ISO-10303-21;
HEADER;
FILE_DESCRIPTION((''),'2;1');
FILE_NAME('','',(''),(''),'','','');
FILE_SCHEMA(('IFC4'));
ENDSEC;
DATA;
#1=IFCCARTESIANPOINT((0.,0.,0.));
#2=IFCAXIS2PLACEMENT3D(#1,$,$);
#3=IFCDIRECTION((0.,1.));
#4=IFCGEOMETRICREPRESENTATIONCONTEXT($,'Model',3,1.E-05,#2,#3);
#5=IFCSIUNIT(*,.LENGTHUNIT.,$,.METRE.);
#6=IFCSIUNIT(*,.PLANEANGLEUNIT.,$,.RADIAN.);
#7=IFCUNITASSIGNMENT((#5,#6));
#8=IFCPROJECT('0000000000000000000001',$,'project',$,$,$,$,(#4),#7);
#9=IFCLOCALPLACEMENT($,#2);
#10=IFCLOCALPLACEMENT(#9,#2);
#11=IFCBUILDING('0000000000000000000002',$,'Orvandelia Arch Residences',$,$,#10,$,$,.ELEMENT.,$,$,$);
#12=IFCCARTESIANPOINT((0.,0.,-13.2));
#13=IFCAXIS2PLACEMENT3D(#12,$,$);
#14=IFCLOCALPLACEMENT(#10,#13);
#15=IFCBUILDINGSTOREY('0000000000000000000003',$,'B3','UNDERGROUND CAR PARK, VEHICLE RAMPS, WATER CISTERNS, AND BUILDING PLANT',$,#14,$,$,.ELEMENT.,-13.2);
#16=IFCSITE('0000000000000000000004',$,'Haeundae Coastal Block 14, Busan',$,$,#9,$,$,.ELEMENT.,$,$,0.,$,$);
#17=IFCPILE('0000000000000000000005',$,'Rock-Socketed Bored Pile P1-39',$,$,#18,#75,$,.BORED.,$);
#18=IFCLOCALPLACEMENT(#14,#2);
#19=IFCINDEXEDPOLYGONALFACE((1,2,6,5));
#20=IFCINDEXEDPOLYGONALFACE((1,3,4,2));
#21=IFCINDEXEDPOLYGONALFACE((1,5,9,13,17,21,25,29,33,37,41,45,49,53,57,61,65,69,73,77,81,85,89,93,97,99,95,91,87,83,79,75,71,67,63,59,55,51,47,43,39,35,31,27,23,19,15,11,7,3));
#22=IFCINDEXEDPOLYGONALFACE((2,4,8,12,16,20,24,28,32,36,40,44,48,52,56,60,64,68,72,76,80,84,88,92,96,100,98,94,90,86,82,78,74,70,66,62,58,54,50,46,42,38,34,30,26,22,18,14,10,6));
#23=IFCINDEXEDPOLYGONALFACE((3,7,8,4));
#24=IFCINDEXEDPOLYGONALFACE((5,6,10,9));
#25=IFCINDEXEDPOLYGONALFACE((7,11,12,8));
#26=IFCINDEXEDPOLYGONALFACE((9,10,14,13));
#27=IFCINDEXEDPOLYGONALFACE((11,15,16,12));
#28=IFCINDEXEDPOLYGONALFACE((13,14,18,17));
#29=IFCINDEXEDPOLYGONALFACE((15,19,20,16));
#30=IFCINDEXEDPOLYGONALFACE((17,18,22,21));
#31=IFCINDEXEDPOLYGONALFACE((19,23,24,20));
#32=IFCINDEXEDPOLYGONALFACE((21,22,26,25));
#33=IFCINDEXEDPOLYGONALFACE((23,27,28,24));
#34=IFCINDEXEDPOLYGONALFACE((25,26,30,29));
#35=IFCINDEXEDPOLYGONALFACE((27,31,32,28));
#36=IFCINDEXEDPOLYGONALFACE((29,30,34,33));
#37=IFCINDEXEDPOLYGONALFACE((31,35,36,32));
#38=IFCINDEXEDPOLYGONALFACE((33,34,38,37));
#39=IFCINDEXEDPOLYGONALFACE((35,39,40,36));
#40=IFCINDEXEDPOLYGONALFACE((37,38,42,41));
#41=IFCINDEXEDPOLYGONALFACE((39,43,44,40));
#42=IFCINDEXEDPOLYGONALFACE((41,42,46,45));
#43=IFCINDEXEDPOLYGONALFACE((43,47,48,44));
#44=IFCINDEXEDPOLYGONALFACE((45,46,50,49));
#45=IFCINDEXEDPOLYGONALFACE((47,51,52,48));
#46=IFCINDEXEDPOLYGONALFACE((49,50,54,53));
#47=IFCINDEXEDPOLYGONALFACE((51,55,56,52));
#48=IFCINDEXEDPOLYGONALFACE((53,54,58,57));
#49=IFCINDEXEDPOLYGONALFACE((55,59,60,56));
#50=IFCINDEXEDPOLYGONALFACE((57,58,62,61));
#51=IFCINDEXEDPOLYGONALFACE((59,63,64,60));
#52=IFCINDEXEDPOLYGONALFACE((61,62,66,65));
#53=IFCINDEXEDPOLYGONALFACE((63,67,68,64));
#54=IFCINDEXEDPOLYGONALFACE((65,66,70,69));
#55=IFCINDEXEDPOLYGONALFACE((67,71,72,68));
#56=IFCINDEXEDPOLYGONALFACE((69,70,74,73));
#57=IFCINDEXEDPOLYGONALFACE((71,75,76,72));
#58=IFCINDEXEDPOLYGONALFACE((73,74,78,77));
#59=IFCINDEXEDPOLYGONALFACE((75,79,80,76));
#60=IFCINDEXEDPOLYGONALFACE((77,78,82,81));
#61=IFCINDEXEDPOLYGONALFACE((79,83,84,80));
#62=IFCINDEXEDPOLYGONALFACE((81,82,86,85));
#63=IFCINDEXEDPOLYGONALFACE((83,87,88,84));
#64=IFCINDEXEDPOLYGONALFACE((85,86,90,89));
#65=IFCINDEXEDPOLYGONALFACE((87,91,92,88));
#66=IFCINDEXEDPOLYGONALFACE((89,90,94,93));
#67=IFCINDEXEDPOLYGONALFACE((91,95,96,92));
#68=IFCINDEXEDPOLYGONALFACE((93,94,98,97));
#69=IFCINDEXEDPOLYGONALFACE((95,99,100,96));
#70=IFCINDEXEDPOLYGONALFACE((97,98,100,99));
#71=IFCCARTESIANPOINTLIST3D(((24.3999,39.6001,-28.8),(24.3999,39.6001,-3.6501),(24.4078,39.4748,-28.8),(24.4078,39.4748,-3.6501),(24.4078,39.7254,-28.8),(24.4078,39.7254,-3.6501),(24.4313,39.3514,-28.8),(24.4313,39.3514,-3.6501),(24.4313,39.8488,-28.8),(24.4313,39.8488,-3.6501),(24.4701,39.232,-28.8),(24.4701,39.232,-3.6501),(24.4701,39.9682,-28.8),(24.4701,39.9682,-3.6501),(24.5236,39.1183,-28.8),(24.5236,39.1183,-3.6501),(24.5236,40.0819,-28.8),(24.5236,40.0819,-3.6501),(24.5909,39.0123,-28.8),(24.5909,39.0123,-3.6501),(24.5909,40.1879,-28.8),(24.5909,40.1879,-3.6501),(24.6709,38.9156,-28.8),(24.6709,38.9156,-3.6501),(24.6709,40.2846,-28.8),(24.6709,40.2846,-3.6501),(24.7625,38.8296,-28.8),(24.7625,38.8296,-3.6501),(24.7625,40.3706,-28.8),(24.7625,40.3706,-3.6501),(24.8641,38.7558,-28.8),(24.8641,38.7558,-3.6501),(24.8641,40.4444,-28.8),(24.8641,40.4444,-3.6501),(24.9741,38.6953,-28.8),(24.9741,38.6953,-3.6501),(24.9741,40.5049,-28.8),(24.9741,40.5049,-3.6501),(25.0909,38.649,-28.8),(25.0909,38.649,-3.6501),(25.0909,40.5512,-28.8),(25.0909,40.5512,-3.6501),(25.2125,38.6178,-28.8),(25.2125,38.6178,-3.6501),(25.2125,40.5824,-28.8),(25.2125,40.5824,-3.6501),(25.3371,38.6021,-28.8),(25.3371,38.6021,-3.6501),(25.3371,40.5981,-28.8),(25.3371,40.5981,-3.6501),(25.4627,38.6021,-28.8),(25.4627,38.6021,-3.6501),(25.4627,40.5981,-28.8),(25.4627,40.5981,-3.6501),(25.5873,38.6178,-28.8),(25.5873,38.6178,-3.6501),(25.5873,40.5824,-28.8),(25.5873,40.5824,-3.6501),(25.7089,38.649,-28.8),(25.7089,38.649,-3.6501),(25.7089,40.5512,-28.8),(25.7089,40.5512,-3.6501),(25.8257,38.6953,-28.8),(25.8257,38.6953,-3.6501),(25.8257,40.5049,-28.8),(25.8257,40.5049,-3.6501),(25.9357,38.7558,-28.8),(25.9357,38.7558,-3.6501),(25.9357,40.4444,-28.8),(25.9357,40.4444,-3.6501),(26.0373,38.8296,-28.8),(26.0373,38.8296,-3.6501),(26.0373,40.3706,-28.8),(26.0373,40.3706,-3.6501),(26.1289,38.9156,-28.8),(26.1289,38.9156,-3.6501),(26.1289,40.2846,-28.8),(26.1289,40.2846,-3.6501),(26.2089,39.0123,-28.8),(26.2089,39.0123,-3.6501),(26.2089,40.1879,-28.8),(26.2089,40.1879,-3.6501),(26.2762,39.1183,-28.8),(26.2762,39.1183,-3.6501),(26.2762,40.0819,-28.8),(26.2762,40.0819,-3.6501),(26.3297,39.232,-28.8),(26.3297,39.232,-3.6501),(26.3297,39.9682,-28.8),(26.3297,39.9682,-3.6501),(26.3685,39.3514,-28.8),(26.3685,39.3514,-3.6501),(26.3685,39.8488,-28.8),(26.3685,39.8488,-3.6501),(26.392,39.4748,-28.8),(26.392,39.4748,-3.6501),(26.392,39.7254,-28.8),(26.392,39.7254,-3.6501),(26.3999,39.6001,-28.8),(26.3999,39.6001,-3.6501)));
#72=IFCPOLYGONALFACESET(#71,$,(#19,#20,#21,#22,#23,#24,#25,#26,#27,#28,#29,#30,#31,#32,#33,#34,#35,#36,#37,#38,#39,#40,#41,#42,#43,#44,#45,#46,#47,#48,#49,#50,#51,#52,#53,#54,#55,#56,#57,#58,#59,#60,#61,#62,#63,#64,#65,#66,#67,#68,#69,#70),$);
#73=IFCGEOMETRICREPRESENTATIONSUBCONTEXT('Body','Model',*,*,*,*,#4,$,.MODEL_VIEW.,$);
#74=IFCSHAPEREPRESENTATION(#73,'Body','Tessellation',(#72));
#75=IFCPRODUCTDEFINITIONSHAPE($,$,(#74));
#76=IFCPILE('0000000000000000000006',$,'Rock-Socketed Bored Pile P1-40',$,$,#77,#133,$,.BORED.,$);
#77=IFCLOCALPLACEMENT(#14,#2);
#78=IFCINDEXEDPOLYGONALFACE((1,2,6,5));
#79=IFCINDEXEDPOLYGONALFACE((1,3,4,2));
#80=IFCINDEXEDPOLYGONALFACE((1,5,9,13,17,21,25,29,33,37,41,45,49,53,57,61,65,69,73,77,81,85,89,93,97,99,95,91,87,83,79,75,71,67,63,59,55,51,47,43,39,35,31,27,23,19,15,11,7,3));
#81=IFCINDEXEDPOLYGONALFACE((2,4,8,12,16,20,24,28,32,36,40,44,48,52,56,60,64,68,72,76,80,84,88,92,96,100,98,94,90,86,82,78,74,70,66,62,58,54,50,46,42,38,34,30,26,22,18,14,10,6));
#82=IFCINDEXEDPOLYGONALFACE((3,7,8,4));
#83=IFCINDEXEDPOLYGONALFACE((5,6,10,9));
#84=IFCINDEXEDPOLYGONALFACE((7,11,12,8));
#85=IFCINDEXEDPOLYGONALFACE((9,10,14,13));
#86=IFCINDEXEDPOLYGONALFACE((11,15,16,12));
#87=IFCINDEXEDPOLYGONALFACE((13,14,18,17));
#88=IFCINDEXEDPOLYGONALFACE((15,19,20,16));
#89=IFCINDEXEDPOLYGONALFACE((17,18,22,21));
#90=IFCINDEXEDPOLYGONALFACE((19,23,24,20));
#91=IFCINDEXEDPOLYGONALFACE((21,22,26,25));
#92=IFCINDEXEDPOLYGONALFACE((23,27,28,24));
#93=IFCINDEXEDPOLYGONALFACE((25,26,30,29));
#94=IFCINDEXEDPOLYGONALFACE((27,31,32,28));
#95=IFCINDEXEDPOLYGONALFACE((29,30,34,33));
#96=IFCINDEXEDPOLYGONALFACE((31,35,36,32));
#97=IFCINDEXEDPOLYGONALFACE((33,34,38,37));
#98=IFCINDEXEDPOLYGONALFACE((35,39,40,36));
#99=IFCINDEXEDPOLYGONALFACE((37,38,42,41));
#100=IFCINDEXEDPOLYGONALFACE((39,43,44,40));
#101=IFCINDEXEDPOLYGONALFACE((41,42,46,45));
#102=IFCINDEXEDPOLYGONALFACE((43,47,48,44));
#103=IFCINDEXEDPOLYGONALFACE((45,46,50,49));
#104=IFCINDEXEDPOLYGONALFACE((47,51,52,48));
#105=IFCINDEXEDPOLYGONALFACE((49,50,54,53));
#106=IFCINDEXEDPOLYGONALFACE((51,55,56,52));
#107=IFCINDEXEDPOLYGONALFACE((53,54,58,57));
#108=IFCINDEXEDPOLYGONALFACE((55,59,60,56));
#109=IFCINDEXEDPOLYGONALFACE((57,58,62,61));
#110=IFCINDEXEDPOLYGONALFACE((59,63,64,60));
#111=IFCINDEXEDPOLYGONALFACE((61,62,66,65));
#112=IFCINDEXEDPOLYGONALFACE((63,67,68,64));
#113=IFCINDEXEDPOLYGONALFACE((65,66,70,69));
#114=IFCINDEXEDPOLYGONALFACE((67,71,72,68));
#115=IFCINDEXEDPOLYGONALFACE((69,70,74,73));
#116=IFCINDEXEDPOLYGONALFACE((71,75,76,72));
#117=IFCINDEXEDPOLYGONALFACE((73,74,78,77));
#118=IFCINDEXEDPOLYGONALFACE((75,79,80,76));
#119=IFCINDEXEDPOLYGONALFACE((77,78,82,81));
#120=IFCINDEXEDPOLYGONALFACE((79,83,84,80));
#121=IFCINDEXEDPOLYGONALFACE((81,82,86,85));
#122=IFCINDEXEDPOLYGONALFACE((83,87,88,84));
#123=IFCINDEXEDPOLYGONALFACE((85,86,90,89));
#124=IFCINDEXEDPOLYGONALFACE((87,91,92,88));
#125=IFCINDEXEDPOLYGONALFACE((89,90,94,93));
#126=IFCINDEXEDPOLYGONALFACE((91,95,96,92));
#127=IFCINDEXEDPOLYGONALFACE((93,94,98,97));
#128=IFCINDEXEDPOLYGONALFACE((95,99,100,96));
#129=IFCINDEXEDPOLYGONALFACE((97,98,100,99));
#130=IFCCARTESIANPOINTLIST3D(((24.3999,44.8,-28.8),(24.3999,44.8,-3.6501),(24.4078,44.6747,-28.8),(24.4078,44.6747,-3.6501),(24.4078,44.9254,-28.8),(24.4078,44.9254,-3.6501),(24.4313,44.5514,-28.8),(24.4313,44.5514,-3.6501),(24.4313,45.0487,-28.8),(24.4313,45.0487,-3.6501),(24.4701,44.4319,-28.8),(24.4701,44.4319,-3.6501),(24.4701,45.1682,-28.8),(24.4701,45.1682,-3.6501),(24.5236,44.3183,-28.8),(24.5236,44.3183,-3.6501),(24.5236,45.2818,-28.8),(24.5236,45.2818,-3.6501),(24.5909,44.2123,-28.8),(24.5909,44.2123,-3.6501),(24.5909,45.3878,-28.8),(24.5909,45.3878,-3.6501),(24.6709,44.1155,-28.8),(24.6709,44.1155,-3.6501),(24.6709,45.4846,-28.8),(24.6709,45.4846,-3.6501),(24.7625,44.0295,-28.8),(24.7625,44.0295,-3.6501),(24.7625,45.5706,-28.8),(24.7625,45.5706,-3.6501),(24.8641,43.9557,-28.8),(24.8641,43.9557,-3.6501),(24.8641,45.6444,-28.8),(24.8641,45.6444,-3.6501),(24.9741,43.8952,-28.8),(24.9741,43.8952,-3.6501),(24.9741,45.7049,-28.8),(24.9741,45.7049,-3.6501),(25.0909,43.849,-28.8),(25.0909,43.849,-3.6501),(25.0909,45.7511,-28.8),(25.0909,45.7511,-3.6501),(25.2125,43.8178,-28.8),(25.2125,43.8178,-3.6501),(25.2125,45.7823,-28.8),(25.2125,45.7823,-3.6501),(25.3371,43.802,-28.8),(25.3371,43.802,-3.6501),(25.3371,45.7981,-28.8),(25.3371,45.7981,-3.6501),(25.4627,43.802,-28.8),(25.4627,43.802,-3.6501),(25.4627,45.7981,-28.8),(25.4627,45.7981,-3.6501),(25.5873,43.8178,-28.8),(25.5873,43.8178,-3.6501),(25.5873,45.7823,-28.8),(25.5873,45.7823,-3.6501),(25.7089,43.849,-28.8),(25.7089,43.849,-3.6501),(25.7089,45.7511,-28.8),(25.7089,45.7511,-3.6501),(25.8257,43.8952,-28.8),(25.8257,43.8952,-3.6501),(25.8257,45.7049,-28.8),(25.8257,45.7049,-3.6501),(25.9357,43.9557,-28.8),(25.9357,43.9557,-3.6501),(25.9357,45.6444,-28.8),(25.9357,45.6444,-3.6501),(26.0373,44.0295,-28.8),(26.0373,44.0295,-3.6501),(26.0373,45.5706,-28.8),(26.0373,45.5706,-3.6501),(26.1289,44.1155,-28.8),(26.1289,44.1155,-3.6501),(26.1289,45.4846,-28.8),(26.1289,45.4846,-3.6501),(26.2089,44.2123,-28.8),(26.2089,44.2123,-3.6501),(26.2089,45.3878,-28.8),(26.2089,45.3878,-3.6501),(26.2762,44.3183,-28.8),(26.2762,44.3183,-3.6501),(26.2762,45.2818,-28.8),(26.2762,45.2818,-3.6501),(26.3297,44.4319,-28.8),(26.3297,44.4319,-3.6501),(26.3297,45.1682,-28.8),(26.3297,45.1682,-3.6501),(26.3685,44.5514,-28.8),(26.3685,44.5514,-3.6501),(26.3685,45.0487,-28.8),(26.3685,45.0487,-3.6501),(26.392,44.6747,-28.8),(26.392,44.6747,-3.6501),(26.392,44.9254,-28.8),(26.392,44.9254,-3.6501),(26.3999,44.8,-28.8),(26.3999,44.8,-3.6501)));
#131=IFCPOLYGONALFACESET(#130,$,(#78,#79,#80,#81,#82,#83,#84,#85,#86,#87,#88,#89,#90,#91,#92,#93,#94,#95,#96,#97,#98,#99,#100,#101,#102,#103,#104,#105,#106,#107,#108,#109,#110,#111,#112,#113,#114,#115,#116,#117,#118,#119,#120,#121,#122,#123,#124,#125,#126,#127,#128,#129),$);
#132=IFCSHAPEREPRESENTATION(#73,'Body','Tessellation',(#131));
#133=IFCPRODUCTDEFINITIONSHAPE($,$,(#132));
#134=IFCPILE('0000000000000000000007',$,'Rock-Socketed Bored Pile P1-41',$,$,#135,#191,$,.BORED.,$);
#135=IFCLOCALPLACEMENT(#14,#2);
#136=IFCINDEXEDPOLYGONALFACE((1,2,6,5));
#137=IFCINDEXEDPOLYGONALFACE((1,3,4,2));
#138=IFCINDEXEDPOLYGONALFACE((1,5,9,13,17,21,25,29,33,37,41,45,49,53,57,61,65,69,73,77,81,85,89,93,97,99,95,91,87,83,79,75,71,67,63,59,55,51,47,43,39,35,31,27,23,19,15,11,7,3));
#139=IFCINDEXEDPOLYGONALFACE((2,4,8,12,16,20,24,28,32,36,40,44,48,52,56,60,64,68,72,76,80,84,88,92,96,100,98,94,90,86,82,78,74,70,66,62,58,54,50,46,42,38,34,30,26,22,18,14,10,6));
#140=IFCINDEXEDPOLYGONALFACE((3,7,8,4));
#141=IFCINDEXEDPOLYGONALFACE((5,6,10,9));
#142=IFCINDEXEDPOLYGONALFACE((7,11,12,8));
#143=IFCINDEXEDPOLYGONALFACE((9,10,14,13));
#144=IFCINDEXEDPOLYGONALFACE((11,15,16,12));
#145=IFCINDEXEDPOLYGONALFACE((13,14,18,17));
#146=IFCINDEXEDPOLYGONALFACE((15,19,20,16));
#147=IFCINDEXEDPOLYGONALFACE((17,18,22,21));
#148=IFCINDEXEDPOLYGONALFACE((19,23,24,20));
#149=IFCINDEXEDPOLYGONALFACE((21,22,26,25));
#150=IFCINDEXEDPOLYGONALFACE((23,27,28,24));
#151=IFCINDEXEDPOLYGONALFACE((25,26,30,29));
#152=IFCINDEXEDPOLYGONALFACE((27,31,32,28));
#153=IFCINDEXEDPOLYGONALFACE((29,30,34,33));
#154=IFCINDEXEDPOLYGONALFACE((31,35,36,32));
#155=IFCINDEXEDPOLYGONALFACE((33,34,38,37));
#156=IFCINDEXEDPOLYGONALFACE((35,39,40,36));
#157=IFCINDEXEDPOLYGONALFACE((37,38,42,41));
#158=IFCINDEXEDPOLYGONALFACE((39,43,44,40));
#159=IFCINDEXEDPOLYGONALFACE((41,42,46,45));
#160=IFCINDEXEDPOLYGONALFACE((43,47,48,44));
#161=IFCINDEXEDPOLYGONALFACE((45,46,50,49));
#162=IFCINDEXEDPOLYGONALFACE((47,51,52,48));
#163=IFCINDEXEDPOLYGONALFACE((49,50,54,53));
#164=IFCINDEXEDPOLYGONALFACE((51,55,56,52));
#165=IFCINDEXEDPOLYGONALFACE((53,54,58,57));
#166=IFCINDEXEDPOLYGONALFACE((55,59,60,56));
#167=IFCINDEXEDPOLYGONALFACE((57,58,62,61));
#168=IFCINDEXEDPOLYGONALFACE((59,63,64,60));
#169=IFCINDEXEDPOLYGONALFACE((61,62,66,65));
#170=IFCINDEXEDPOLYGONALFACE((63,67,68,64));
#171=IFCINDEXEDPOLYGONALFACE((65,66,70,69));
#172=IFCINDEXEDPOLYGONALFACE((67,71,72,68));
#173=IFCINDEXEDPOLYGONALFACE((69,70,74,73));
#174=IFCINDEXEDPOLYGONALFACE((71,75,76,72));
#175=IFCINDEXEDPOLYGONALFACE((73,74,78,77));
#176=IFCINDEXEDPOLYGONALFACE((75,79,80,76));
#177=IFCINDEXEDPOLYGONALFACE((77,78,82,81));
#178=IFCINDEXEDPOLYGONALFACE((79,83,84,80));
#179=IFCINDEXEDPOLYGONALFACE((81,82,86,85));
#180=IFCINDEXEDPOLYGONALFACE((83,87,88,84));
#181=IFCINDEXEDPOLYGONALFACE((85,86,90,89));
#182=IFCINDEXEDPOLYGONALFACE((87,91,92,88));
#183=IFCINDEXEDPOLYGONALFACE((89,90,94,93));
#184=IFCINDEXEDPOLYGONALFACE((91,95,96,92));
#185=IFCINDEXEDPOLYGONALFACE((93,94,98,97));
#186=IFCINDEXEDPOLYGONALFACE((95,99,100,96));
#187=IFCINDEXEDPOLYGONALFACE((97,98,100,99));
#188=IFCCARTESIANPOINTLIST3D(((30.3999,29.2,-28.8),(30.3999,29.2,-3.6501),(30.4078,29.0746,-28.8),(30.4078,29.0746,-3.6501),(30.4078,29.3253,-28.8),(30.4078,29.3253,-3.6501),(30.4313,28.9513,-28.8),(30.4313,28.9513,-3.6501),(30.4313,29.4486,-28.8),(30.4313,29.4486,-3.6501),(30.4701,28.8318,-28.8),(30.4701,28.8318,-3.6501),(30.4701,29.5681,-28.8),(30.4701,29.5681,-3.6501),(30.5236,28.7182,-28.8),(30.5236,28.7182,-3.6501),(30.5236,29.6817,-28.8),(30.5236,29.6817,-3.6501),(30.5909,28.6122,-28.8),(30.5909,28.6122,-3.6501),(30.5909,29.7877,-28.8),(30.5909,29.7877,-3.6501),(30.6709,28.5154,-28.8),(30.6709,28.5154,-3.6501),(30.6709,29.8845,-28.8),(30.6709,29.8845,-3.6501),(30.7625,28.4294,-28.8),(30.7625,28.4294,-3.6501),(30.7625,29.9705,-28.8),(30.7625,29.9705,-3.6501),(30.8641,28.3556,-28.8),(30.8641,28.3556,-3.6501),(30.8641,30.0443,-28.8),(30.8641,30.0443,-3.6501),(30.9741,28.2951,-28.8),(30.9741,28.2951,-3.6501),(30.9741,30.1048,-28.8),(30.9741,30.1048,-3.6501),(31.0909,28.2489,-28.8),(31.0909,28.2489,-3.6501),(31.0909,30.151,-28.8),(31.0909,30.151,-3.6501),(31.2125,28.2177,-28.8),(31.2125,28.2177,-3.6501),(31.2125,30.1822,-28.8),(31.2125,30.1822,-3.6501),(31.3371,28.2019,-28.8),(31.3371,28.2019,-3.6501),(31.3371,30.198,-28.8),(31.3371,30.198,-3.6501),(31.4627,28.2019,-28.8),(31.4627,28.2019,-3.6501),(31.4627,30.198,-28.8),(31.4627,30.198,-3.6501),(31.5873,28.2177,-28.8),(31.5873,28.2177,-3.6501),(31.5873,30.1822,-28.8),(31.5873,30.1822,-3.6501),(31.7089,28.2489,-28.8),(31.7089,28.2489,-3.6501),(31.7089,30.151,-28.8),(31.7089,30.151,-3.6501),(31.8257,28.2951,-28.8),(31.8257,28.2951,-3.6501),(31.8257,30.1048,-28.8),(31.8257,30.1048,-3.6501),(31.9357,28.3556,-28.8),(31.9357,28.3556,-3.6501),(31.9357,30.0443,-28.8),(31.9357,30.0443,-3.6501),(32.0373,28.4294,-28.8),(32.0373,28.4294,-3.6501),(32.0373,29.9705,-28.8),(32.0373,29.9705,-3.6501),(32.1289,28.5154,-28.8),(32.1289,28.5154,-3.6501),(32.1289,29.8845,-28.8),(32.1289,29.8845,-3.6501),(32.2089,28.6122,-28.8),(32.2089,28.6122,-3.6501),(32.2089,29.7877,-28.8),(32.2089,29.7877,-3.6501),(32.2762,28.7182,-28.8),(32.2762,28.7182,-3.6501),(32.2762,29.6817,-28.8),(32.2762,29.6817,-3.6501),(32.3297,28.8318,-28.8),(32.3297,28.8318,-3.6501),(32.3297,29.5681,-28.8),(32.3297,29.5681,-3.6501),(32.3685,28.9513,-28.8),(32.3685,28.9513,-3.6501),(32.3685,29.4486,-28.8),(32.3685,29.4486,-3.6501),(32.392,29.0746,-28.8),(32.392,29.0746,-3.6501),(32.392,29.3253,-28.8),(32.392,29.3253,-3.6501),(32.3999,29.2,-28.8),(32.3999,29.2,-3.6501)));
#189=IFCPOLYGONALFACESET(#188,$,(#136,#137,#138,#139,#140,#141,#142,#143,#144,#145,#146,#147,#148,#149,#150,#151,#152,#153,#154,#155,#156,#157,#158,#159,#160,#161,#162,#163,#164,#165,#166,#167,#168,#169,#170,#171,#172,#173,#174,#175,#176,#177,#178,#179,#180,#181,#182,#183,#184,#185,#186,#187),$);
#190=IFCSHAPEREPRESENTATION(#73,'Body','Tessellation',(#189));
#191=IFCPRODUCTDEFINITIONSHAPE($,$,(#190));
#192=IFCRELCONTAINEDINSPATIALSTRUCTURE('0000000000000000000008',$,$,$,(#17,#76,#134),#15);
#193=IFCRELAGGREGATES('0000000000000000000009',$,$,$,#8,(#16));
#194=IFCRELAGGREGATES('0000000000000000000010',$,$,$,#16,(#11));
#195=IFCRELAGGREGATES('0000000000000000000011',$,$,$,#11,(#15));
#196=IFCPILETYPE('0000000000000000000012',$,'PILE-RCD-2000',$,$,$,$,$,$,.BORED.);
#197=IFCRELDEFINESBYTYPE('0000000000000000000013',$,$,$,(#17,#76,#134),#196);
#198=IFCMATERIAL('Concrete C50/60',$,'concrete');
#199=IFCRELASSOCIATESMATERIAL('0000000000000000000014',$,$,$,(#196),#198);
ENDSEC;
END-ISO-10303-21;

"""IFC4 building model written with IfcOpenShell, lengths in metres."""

from ifc_helpers import new_model, si_unit, direction, frame, origin, origin_2d, place, context, subcontext, project, spatial, circle, extrude, material, material_profile, profile_set, type_object, element, save


model = new_model("IFC4")

# Units and contexts
model_context = context("Model", 3, precision=1e-05, world=origin(), true_north=direction((0.0, 1.0)))
body_context = subcontext(model_context, "Body", "Model", "MODEL_VIEW")
ifc_project = project(units=[si_unit("LENGTHUNIT", "METRE"), si_unit("PLANEANGLEUNIT", "RADIAN")], contexts=[model_context])

# Site, building, storey
site_placement = place(None, origin())
site = spatial("IfcSite", under=ifc_project, at=site_placement, Name="Haeundae Coastal Block 14, Busan", CompositionType="ELEMENT", RefElevation=0.0)
building_placement = place(site_placement, origin())
building = spatial("IfcBuilding", under=site, at=building_placement, Name="Orvandelia Arch Residences", CompositionType="ELEMENT")
storey_placement = place(building_placement, frame((0.0, 0.0, -13.2)))
storey = spatial("IfcBuildingStorey", under=building, at=storey_placement, Name="B3", Description="UNDERGROUND CAR PARK, VEHICLE RAMPS, WATER CISTERNS, AND BUILDING PLANT", CompositionType="ELEMENT", Elevation=-13.2)

# Shared definitions
ifc_material_1 = material(Name="Concrete C50/60", Category="concrete")

# Piles
ifc_material_profile_1 = material_profile(ifc_material_1, circle(Radius=1.0, at=origin_2d()), Name="Concrete C50/60", Category="concrete")
ifc_profile_set_1 = profile_set([ifc_material_profile_1], Name="Concrete C50/60")
pile_type = type_object("IfcPileType", Name="PILE-RCD-2000", PredefinedType="BORED", material=ifc_profile_set_1)
for number, where, z_axis, x_axis, name in (
    (1, (25.3999, 39.6001, -3.6501), (0.0, 0.0, -1.0), (1.0, 0.0, 0.0), "Rock-Socketed Bored Pile P1-39"),
    (2, (25.3999, 44.8, -3.6501), (0.0, 0.0, -1.0), (1.0, 0.0, 0.0), "Rock-Socketed Bored Pile P1-40"),
    (3, (31.3999, 29.2, -3.6501), (0.0, 0.0, -1.0), (1.0, 0.0, 0.0), "Rock-Socketed Bored Pile P1-41"),
):
    element("IfcPile", number, at=place(storey_placement, frame(where, z_axis=z_axis, x_axis=x_axis)), inside=storey, type_object=pile_type, Name=name, PredefinedType="BORED", context=body_context, shape_type="SweptSolid", body=[
        extrude(circle(Radius=1.0, at=origin_2d()), origin(), (0.0, 0.0, 1.0), 25.1499),
    ])

save(model, "model.ifc")
